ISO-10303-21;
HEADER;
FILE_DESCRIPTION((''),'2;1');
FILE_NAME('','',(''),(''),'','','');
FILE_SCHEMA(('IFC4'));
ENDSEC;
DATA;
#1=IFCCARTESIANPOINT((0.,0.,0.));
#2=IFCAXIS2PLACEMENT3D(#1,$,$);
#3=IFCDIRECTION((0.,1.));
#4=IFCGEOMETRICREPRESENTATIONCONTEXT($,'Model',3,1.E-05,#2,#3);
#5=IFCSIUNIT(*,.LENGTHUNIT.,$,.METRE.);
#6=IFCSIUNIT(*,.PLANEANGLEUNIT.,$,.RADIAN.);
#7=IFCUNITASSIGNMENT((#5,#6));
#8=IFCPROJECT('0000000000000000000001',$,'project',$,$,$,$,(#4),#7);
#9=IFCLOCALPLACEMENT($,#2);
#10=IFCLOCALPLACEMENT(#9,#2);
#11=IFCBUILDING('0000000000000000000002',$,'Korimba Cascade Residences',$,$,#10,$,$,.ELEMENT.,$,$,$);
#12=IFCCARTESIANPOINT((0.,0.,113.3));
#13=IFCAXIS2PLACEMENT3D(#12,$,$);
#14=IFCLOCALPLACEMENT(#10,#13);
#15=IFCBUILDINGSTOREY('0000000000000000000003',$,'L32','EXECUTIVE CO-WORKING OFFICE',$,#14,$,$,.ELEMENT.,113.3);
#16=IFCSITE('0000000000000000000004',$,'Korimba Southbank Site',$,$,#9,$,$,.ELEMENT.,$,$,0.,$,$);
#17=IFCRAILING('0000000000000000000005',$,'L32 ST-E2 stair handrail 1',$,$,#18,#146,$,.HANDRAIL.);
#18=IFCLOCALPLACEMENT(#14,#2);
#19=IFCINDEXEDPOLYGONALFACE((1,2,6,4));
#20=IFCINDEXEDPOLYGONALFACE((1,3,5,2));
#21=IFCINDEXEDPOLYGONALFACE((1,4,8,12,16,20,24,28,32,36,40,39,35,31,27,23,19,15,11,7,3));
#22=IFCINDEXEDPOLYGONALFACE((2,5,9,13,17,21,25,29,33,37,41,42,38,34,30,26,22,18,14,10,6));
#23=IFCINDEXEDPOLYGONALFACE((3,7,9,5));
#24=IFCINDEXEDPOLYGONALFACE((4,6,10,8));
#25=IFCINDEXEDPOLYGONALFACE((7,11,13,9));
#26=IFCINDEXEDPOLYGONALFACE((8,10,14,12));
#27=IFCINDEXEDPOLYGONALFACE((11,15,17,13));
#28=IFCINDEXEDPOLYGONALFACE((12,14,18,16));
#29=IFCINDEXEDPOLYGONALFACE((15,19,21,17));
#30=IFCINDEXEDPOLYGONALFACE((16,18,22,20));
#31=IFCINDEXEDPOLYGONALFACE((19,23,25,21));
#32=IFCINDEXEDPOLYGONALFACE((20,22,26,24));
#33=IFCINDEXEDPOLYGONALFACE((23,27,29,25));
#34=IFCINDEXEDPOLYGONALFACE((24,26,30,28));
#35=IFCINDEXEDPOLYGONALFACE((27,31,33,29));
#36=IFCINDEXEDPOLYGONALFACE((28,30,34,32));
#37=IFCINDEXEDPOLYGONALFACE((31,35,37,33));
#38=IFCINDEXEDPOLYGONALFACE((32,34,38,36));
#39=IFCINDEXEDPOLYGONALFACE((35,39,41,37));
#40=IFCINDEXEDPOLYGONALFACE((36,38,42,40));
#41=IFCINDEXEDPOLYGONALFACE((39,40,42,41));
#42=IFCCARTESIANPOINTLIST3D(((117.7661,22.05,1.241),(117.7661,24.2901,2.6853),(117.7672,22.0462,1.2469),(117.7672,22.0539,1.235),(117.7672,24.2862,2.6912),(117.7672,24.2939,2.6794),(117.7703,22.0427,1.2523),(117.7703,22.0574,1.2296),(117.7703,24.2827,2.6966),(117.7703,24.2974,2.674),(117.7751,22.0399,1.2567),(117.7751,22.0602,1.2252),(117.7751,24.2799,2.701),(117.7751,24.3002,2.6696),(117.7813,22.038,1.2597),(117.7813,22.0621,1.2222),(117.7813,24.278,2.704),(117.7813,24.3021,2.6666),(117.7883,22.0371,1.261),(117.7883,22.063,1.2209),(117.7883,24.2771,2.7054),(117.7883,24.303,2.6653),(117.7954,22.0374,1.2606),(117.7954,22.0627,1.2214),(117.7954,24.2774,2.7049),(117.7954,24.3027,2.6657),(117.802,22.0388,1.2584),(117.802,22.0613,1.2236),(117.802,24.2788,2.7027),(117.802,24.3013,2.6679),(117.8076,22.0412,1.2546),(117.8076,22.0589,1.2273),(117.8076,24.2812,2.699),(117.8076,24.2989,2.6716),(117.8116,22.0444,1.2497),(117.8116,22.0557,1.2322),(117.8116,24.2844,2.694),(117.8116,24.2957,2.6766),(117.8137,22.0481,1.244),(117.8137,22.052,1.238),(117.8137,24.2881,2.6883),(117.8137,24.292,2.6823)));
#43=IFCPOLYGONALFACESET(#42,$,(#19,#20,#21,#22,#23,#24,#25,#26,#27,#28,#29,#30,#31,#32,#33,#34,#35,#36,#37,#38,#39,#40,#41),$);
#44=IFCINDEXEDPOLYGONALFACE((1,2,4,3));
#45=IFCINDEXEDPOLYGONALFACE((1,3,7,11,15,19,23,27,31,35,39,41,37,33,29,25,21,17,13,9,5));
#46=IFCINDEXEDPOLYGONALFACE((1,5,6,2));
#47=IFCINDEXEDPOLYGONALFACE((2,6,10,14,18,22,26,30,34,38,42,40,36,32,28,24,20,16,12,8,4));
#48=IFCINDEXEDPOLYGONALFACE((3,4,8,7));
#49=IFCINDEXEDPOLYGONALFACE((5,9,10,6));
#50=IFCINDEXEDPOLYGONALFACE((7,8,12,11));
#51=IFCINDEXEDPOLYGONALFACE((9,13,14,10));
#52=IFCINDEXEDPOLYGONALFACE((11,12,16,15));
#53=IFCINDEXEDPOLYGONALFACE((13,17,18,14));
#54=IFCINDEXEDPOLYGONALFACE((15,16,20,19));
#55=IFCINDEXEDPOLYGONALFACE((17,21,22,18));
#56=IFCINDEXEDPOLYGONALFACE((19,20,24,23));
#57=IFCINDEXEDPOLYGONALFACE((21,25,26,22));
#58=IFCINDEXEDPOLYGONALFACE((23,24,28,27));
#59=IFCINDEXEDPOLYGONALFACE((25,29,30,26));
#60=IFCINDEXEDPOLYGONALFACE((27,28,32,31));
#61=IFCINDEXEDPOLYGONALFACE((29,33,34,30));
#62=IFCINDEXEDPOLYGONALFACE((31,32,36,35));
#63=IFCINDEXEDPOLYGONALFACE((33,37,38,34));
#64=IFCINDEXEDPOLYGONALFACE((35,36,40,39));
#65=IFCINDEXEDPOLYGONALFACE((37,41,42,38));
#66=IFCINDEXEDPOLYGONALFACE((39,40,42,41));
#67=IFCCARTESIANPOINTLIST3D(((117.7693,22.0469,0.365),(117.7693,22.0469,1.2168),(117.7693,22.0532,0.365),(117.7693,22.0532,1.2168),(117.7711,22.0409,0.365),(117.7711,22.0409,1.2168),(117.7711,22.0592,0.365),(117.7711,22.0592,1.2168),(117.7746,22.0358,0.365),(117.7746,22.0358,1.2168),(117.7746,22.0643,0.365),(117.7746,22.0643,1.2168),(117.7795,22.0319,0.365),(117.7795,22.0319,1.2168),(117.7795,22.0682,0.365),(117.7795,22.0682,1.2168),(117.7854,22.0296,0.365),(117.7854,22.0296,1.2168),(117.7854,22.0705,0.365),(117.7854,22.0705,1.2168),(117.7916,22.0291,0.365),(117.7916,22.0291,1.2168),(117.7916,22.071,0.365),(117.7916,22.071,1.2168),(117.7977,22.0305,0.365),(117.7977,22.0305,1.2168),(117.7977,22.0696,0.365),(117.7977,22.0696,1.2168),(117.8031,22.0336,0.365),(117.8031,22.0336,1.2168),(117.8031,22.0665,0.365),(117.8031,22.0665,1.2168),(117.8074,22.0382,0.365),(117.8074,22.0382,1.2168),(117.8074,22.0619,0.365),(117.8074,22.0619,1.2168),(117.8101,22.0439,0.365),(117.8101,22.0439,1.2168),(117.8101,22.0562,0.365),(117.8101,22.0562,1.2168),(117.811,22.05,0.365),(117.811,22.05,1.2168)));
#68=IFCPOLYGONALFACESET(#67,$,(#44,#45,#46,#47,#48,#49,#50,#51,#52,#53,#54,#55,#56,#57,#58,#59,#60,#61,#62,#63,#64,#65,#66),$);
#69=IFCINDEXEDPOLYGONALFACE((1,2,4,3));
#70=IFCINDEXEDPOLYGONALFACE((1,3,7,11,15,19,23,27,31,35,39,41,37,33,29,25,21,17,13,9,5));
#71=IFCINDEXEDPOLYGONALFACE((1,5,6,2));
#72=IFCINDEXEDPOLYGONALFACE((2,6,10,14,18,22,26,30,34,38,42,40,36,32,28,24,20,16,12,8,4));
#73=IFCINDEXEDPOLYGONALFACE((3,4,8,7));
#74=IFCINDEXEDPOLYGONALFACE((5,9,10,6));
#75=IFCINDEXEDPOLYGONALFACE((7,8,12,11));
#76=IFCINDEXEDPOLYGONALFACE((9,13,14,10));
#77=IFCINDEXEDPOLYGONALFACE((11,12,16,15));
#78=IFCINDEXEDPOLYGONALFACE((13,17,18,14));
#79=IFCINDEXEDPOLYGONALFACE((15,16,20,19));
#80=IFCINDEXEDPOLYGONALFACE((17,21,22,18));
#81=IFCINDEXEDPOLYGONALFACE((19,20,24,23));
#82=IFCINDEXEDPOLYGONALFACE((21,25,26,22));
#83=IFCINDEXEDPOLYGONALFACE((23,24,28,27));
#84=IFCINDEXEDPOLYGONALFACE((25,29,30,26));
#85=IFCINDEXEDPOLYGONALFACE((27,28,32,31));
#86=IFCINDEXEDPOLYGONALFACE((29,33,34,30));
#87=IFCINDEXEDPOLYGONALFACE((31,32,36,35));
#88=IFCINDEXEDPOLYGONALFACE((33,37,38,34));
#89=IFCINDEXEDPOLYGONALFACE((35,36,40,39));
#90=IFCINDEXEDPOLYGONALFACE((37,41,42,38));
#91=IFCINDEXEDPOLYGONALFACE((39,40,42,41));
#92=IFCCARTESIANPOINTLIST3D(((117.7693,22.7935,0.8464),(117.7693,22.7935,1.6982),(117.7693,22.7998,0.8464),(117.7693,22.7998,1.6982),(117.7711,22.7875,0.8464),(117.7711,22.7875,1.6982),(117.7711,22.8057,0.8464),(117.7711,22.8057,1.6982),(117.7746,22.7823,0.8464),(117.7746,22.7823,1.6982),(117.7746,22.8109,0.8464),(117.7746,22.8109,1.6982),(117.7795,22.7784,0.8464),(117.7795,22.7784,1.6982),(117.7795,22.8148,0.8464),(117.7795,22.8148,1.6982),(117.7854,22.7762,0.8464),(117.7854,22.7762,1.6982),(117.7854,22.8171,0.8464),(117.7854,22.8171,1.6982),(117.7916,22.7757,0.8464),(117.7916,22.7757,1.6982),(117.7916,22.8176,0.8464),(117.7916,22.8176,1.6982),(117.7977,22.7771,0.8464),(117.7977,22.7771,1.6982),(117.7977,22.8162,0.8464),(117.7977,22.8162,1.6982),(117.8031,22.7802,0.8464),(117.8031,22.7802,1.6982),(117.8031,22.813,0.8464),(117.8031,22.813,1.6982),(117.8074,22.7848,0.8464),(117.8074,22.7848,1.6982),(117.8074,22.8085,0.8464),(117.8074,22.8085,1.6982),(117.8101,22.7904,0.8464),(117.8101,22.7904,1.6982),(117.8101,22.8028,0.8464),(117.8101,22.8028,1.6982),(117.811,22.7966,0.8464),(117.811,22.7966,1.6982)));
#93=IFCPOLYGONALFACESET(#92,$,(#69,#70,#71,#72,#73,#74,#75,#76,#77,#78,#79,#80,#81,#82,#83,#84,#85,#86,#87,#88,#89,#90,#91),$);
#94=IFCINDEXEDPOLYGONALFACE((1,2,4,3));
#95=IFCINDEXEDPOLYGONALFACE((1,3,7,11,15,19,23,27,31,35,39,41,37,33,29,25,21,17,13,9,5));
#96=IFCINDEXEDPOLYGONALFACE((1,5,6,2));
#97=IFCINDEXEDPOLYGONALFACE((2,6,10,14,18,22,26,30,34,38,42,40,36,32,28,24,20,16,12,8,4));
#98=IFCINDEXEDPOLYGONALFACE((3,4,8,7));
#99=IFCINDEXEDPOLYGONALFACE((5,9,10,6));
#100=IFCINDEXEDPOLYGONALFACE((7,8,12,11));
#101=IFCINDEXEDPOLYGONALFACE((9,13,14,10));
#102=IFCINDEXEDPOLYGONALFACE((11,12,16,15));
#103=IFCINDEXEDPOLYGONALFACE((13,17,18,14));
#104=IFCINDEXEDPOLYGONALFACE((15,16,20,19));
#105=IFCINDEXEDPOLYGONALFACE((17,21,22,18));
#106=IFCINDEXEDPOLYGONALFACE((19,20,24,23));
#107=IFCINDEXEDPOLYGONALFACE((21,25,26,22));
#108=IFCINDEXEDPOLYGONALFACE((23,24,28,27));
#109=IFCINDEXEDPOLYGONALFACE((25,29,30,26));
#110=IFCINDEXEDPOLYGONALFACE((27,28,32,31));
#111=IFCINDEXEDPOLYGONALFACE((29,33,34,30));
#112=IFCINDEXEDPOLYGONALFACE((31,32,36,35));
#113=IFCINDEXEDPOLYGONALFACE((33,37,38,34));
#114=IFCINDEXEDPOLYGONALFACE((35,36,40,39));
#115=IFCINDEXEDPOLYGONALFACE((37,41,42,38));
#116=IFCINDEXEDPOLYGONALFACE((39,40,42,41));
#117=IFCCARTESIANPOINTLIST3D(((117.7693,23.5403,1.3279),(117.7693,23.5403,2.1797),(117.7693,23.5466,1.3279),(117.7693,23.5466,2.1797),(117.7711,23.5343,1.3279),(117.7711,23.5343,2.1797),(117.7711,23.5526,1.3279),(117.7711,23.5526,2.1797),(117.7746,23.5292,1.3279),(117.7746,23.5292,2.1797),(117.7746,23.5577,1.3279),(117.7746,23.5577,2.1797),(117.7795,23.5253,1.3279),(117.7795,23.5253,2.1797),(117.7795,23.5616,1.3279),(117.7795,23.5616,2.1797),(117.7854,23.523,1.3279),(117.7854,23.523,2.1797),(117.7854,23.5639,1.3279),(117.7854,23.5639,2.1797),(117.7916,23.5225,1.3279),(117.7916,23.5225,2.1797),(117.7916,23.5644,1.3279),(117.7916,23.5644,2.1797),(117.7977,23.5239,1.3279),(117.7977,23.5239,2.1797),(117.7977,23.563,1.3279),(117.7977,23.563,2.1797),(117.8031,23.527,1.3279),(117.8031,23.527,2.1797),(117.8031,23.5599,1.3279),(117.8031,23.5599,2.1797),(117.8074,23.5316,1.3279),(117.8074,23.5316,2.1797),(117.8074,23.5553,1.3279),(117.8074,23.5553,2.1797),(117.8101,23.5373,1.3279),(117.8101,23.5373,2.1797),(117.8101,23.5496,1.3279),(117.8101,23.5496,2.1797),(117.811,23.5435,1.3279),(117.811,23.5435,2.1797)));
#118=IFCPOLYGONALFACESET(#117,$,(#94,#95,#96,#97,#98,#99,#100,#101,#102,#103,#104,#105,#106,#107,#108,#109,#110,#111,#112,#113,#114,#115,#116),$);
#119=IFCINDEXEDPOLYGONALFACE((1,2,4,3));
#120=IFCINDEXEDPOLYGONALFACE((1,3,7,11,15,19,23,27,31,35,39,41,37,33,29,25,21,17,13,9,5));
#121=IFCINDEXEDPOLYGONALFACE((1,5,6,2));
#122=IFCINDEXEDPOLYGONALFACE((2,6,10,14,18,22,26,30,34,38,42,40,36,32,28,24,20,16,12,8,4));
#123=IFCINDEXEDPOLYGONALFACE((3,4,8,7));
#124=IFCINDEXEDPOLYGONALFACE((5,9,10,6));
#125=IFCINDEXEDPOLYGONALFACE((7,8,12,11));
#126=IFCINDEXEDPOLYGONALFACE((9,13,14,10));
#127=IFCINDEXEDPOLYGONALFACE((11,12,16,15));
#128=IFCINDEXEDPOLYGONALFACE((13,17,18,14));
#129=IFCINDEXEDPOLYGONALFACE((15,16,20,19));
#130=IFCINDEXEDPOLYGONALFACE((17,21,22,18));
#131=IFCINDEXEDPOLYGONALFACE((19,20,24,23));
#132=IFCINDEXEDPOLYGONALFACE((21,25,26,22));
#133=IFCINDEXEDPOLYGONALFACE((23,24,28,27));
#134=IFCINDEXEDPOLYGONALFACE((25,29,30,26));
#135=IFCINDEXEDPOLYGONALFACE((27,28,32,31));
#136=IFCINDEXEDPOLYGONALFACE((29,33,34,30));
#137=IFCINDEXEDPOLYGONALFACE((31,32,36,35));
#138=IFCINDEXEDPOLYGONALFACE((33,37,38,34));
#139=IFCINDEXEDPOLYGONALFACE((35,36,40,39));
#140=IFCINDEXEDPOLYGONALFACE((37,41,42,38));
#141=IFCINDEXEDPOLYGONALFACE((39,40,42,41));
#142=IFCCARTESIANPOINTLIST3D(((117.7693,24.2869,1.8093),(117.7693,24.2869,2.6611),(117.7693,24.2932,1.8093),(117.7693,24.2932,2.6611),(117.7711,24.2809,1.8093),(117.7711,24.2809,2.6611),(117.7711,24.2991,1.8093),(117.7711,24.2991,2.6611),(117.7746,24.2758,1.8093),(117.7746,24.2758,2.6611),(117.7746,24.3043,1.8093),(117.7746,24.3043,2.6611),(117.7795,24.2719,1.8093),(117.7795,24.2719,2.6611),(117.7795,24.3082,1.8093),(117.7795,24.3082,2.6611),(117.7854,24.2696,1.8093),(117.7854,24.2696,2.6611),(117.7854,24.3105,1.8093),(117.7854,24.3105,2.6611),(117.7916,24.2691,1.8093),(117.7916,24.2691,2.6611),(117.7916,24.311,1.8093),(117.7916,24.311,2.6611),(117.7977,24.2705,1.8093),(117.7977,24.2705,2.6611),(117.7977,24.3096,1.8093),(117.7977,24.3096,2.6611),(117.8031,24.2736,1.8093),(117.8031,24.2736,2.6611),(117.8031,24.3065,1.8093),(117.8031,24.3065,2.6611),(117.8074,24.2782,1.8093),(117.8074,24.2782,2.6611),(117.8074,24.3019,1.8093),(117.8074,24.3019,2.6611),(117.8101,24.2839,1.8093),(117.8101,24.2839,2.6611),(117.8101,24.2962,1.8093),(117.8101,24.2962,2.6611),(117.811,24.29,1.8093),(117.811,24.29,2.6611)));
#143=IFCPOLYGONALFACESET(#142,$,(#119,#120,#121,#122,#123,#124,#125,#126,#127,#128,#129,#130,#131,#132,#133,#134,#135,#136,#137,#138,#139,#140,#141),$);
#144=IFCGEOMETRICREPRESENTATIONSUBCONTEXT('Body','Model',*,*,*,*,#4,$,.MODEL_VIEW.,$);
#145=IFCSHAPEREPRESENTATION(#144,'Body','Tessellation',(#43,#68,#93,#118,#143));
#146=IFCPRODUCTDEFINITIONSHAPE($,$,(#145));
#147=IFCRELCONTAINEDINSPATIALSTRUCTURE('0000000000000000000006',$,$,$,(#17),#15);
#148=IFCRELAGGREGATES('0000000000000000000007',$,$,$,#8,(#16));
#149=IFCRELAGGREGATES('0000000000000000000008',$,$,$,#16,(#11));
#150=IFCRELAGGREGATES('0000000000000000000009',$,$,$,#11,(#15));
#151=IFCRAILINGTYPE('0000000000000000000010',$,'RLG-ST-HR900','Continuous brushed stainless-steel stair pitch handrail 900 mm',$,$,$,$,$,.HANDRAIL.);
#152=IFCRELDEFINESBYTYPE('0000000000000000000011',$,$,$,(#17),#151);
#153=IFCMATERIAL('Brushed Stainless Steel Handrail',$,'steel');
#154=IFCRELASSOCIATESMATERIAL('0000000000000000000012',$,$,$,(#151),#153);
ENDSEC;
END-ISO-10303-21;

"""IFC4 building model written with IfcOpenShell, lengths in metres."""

from ifc_helpers import new_model, si_unit, direction, frame, origin, origin_2d, place, context, subcontext, project, spatial, circle, extrude, material, type_object, element, save


model = new_model("IFC4")

# Units and contexts
model_context = context("Model", 3, precision=1e-05, world=origin(), true_north=direction((0.0, 1.0)))
body_context = subcontext(model_context, "Body", "Model", "MODEL_VIEW")
ifc_project = project(units=[si_unit("LENGTHUNIT", "METRE"), si_unit("PLANEANGLEUNIT", "RADIAN")], contexts=[model_context])

# Site, building, storey
site_placement = place(None, origin())
site = spatial("IfcSite", under=ifc_project, at=site_placement, Name="Korimba Southbank Site", CompositionType="ELEMENT", RefElevation=0.0)
building_placement = place(site_placement, origin())
building = spatial("IfcBuilding", under=site, at=building_placement, Name="Korimba Cascade Residences", CompositionType="ELEMENT")
storey_placement = place(building_placement, frame((0.0, 0.0, 113.3)))
storey = spatial("IfcBuildingStorey", under=building, at=storey_placement, Name="L32", Description="EXECUTIVE CO-WORKING OFFICE", CompositionType="ELEMENT", Elevation=113.3)

# Railing
ifc_material_1 = material(Name="Brushed Stainless Steel Handrail", Category="steel")
railing_type = type_object("IfcRailingType", Name="RLG-ST-HR900", Description="Continuous brushed stainless-steel stair pitch handrail 900 mm", PredefinedType="HANDRAIL", material=ifc_material_1)
railing_placement = place(storey_placement, frame((117.79, 22.05, 0.365)))
element("IfcRailing", 1, at=railing_placement, inside=storey, type_object=railing_type, Name="L32 ST-E2 stair handrail 1", PredefinedType="HANDRAIL", context=body_context, shape_type="SweptSolid", body=[
    extrude(circle(Radius=0.0239, at=origin_2d()), frame((0.0, 0.0, 0.876), z_axis=(0.0, 0.840437, 0.54191), x_axis=(-1.0, 0.0, 0.0)), (0.0, 0.0, 1.0), 2.6653),
    extrude(circle(Radius=0.021, at=origin_2d()), origin(), (0.0, 0.0, 1.0), 0.8518),
    extrude(circle(Radius=0.021, at=origin_2d()), frame((0.0, 0.7466, 0.4814)), (0.0, 0.0, 1.0), 0.8518),
    extrude(circle(Radius=0.021, at=origin_2d()), frame((0.0, 1.4934, 0.9629)), (0.0, 0.0, 1.0), 0.8518),
    extrude(circle(Radius=0.021, at=origin_2d()), frame((0.0, 2.24, 1.4443)), (0.0, 0.0, 1.0), 0.8518),
])

save(model, "model.ifc")
